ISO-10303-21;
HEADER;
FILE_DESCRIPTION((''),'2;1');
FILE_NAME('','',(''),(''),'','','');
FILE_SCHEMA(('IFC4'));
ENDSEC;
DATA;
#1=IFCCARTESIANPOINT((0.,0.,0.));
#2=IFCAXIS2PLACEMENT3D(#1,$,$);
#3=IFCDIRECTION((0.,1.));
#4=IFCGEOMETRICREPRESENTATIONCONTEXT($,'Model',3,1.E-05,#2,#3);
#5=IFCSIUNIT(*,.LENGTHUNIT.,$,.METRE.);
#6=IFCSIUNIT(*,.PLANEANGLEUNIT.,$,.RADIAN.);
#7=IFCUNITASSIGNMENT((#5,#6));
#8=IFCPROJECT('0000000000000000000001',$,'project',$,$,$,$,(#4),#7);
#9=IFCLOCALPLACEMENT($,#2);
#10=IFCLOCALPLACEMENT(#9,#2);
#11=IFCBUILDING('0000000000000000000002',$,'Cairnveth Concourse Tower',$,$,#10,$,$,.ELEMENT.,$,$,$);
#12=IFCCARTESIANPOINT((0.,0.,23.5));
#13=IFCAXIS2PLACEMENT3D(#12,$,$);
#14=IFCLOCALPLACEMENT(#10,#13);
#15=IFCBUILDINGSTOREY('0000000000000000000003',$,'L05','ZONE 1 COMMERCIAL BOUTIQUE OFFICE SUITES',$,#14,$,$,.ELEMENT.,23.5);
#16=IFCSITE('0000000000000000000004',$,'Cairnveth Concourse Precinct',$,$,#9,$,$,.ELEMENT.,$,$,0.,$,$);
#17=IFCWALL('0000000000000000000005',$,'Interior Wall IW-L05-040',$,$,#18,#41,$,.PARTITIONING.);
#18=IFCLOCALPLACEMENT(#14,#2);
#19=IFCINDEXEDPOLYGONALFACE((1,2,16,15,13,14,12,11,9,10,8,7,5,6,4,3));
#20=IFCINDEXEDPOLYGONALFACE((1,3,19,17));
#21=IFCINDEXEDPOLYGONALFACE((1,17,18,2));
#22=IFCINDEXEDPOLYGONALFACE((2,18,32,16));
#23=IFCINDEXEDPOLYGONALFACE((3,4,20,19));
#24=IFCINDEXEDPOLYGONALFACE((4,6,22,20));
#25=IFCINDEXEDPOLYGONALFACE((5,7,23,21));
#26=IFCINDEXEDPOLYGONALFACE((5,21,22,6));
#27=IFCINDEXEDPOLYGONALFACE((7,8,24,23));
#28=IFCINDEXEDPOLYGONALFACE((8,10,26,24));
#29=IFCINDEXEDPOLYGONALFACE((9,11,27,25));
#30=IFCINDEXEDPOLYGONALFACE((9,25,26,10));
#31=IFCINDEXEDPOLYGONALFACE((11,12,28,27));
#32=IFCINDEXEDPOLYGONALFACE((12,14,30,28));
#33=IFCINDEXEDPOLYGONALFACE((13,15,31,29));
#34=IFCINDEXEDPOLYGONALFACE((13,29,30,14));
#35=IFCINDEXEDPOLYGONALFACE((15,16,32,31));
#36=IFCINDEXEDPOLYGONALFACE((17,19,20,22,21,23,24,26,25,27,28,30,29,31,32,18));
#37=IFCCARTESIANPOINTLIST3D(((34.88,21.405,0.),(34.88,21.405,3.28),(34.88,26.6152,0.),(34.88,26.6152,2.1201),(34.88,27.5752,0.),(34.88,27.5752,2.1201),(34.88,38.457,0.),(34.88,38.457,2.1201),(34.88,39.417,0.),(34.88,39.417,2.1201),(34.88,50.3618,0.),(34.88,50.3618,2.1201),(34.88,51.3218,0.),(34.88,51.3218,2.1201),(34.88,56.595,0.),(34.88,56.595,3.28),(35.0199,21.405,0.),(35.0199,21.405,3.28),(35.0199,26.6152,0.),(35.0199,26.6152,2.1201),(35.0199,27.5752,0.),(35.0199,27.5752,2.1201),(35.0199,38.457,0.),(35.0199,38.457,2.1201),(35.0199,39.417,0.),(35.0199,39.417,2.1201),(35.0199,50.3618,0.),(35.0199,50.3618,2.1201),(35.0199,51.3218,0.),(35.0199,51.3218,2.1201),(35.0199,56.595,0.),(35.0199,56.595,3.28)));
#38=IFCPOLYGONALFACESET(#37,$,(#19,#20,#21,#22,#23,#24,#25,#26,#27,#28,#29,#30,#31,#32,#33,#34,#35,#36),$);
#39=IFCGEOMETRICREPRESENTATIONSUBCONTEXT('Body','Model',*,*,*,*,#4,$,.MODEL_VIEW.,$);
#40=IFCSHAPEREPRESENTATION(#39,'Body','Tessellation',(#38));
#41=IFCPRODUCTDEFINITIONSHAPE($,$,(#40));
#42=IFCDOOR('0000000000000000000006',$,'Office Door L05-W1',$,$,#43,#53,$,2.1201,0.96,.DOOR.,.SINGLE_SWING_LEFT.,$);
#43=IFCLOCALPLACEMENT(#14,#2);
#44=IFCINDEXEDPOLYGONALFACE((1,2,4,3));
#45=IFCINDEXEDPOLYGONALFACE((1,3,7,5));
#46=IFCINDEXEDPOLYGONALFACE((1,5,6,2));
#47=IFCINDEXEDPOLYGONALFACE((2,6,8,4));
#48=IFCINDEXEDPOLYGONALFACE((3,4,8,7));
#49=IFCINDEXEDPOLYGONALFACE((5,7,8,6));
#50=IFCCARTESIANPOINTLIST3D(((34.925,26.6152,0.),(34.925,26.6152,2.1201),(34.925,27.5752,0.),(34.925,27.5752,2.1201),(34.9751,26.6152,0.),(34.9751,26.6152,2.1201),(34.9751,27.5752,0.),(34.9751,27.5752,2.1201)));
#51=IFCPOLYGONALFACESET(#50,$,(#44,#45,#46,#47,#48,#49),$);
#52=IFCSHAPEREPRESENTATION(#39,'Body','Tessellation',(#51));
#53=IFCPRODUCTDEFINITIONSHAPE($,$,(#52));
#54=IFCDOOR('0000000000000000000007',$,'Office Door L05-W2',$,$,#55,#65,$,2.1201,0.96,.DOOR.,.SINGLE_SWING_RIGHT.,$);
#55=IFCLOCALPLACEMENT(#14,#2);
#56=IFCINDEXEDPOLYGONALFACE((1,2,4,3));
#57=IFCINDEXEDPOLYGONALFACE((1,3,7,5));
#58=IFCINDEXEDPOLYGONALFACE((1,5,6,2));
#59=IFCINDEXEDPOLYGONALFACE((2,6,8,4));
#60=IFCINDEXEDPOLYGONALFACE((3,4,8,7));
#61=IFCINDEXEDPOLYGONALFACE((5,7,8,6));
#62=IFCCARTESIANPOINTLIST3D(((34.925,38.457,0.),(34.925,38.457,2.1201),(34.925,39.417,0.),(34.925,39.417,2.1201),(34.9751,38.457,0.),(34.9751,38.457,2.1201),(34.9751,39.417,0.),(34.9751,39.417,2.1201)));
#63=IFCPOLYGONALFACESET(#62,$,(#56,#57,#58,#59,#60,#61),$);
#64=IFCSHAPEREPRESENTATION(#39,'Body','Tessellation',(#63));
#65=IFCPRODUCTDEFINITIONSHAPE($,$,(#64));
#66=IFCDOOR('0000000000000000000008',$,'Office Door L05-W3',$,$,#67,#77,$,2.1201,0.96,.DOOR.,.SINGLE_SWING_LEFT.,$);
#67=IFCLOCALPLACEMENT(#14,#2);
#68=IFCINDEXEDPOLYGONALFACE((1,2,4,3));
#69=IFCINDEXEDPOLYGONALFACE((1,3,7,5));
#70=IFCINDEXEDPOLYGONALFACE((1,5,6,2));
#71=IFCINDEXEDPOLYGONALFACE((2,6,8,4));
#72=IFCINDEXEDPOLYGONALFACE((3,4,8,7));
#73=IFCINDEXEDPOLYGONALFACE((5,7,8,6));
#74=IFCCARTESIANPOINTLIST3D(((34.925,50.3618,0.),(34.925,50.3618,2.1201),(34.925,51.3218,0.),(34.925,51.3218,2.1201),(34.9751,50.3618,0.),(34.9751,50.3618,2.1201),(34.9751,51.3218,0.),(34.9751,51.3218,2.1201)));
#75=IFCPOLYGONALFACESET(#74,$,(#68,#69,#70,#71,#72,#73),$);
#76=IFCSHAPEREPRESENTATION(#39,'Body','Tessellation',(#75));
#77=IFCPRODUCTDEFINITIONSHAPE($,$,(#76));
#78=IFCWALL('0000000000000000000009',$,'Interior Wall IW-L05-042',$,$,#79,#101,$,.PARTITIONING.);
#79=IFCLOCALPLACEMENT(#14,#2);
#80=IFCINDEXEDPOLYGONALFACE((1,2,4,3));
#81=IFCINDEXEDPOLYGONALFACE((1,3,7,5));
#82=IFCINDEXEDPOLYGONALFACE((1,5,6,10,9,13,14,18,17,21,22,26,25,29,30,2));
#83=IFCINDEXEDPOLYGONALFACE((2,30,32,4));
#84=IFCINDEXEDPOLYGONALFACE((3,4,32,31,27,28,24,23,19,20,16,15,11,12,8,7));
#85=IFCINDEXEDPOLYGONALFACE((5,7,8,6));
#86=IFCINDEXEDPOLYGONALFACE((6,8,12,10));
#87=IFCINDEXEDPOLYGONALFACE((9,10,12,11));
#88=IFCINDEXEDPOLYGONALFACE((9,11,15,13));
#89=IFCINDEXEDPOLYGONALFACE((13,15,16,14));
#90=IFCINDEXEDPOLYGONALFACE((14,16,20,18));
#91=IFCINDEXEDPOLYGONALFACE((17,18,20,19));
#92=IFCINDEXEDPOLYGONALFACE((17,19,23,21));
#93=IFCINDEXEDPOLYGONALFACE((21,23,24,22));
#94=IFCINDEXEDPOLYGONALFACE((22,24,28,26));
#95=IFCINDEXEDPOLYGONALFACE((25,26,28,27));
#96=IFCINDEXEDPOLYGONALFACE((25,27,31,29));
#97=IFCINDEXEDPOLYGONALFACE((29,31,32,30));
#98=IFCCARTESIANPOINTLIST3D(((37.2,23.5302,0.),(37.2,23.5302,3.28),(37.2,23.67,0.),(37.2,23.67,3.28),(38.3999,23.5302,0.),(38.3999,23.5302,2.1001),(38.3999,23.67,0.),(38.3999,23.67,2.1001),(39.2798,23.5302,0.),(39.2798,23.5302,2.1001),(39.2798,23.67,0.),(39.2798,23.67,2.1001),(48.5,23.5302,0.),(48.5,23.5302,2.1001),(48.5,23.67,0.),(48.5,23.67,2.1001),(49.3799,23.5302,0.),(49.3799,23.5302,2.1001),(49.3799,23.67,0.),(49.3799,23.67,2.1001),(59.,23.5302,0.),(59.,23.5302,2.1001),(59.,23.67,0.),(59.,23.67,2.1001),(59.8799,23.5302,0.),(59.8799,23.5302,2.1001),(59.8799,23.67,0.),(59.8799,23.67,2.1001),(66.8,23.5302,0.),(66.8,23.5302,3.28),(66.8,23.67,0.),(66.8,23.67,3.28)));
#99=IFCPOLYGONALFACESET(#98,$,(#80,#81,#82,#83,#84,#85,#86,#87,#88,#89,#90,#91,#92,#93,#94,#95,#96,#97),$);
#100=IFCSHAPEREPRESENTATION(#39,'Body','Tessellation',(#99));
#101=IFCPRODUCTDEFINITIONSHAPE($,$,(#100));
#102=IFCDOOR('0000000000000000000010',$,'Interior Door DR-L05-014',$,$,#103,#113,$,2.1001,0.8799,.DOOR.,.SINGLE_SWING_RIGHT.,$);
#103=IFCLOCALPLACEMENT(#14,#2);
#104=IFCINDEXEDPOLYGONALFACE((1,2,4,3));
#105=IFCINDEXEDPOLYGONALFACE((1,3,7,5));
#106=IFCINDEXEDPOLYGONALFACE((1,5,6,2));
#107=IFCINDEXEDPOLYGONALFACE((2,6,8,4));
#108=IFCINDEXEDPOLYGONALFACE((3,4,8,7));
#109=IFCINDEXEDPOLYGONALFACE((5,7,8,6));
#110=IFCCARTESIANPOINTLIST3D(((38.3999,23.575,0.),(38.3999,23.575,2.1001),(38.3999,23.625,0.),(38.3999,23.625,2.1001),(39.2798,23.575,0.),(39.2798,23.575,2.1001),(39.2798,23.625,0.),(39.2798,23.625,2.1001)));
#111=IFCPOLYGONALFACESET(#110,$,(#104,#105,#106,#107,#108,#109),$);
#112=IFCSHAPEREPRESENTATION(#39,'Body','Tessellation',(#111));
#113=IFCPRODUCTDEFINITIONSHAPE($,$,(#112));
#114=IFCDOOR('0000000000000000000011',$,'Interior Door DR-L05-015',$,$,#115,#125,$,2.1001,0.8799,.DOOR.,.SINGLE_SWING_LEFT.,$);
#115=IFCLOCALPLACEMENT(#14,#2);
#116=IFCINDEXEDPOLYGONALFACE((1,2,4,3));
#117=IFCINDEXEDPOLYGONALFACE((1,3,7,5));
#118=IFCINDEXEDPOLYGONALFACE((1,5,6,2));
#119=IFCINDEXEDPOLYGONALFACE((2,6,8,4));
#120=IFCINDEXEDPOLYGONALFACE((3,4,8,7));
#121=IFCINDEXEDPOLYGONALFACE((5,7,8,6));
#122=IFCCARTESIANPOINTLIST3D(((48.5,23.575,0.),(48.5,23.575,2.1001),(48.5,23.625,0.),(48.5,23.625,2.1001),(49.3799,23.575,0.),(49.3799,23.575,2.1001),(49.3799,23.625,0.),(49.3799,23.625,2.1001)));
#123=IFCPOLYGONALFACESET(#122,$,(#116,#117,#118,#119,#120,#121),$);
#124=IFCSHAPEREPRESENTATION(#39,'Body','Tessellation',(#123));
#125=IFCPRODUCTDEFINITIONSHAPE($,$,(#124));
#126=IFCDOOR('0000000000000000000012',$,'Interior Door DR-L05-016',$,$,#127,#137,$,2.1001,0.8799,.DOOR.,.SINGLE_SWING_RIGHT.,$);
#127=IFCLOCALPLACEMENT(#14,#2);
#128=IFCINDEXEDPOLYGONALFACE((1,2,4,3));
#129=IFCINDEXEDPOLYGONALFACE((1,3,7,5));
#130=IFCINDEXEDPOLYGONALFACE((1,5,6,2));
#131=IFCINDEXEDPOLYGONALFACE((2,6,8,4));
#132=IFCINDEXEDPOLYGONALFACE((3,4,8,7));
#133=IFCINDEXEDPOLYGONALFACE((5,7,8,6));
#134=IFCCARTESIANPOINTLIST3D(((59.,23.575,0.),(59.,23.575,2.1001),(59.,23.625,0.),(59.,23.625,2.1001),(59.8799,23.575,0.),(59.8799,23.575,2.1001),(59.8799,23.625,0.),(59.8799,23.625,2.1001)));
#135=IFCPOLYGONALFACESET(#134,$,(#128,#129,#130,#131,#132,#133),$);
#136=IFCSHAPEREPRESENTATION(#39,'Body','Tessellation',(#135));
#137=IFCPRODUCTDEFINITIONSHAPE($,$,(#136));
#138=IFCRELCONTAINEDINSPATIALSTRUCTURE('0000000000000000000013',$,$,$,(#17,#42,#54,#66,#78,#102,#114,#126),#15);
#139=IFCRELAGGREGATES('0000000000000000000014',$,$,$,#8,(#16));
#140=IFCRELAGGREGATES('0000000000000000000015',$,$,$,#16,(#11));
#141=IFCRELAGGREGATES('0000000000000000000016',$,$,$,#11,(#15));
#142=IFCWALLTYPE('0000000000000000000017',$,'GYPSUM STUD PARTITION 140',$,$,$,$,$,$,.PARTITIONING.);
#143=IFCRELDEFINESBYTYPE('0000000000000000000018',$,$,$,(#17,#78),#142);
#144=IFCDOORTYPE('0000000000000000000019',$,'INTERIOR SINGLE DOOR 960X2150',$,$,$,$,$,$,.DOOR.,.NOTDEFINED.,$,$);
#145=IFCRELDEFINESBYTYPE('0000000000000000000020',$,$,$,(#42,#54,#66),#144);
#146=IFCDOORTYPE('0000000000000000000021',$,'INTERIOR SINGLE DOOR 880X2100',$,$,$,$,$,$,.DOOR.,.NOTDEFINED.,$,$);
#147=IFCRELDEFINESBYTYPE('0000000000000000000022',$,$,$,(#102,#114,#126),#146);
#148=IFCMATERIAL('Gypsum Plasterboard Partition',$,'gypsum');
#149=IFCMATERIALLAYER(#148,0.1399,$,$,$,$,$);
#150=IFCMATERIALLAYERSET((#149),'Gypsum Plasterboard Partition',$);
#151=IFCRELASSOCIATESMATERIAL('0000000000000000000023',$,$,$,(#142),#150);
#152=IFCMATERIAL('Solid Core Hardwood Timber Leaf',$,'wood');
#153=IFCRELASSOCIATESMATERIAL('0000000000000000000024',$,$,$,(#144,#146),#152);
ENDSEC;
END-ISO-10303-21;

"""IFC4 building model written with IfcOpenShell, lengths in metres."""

from ifc_helpers import new_model, si_unit, direction, frame, frame_2d, origin, place, context, subcontext, project, spatial, rectangle, extrude, material, layer, layer_set, type_object, element, fill, save


model = new_model("IFC4")

# Units and contexts
model_context = context("Model", 3, precision=1e-05, world=origin(), true_north=direction((0.0, 1.0)))
body_context = subcontext(model_context, "Body", "Model", "MODEL_VIEW")
ifc_project = project(units=[si_unit("LENGTHUNIT", "METRE"), si_unit("PLANEANGLEUNIT", "RADIAN")], contexts=[model_context])

# Site, building, storey
site_placement = place(None, origin())
site = spatial("IfcSite", under=ifc_project, at=site_placement, Name="Cairnveth Concourse Precinct", CompositionType="ELEMENT", RefElevation=0.0)
building_placement = place(site_placement, origin())
building = spatial("IfcBuilding", under=site, at=building_placement, Name="Cairnveth Concourse Tower", CompositionType="ELEMENT")
storey_placement = place(building_placement, frame((0.0, 0.0, 23.5)))
storey = spatial("IfcBuildingStorey", under=building, at=storey_placement, Name="L05", Description="ZONE 1 COMMERCIAL BOUTIQUE OFFICE SUITES", CompositionType="ELEMENT", Elevation=23.5)

# Walls, openings, doors
ifc_material_1 = material(Name="Gypsum Plasterboard Partition", Category="gypsum")
ifc_layer_1 = layer(ifc_material_1, 0.1399)
ifc_layer_set_1 = layer_set([ifc_layer_1], Name="Gypsum Plasterboard Partition")
wall_type_1 = type_object("IfcWallType", Name="GYPSUM STUD PARTITION 140", PredefinedType="PARTITIONING", material=ifc_layer_set_1)
ifc_material_2 = material(Name="Solid Core Hardwood Timber Leaf", Category="wood")
door_type_1 = type_object("IfcDoorType", Name="INTERIOR SINGLE DOOR 960X2150", OperationType="NOTDEFINED", PredefinedType="DOOR", material=ifc_material_2)
wall_1_placement = place(storey_placement, frame((34.95, 21.405, 0.0), z_axis=(0.0, 0.0, 1.0), x_axis=(0.0, 1.0, 0.0)))
wall_1 = element("IfcWall", 1, at=wall_1_placement, inside=storey, type_object=wall_type_1, Name="Interior Wall IW-L05-040", PredefinedType="PARTITIONING", context=body_context, shape_type="SweptSolid", body=[
    extrude(rectangle(XDim=35.1899, YDim=0.1399, at=frame_2d((17.595, 0.0))), origin(), (0.0, 0.0, 1.0), 3.28),
])
opening_1_placement = place(wall_1_placement, frame((5.2102, 0.0, 0.0)))
opening_1 = element("IfcOpeningElement", 2, at=opening_1_placement, cuts=wall_1, PredefinedType="OPENING", context=body_context, shape_type="SweptSolid", body=[
    extrude(rectangle(XDim=0.96, YDim=2.1201, at=frame_2d((0.48, 1.0601))), frame((0.0, 0.0798, 0.0), z_axis=(0.0, -1.0, 0.0), x_axis=(1.0, 0.0, 0.0)), (0.0, 0.0, 1.0), 0.1599),
])
opening_2_placement = place(wall_1_placement, frame((17.052, 0.0, 0.0)))
opening_2 = element("IfcOpeningElement", 3, at=opening_2_placement, cuts=wall_1, PredefinedType="OPENING", context=body_context, shape_type="SweptSolid", body=[
    extrude(rectangle(XDim=0.96, YDim=2.1201, at=frame_2d((0.48, 1.0601))), frame((0.0, 0.0798, 0.0), z_axis=(0.0, -1.0, 0.0), x_axis=(1.0, 0.0, 0.0)), (0.0, 0.0, 1.0), 0.1599),
])
opening_3_placement = place(wall_1_placement, frame((28.9568, 0.0, 0.0)))
opening_3 = element("IfcOpeningElement", 4, at=opening_3_placement, cuts=wall_1, PredefinedType="OPENING", context=body_context, shape_type="SweptSolid", body=[
    extrude(rectangle(XDim=0.96, YDim=2.1201, at=frame_2d((0.48, 1.0601))), frame((0.0, 0.0798, 0.0), z_axis=(0.0, -1.0, 0.0), x_axis=(1.0, 0.0, 0.0)), (0.0, 0.0, 1.0), 0.1599),
])
door_1_placement = place(opening_1_placement, origin())
door_1 = element("IfcDoor", 5, at=door_1_placement, inside=storey, type_object=door_type_1, Name="Office Door L05-W1", OperationType="SINGLE_SWING_LEFT", OverallHeight=2.1201, OverallWidth=0.96, PredefinedType="DOOR", context=body_context, shape_type="SweptSolid", body=[
    extrude(rectangle(XDim=0.96, YDim=2.1201, at=frame_2d((0.48, 1.0601))), frame((0.0, 0.0249, 0.0), z_axis=(0.0, -1.0, 0.0), x_axis=(1.0, 0.0, 0.0)), (0.0, 0.0, 1.0), 0.05),
])
fill(opening_1, door_1)
door_2_placement = place(opening_2_placement, origin())
door_2 = element("IfcDoor", 6, at=door_2_placement, inside=storey, type_object=door_type_1, Name="Office Door L05-W2", OperationType="SINGLE_SWING_RIGHT", OverallHeight=2.1201, OverallWidth=0.96, PredefinedType="DOOR", context=body_context, shape_type="SweptSolid", body=[
    extrude(rectangle(XDim=0.96, YDim=2.1201, at=frame_2d((0.48, 1.0601))), frame((0.0, 0.0249, 0.0), z_axis=(0.0, -1.0, 0.0), x_axis=(1.0, 0.0, 0.0)), (0.0, 0.0, 1.0), 0.05),
])
fill(opening_2, door_2)
door_3_placement = place(opening_3_placement, origin())
door_3 = element("IfcDoor", 7, at=door_3_placement, inside=storey, type_object=door_type_1, Name="Office Door L05-W3", OperationType="SINGLE_SWING_LEFT", OverallHeight=2.1201, OverallWidth=0.96, PredefinedType="DOOR", context=body_context, shape_type="SweptSolid", body=[
    extrude(rectangle(XDim=0.96, YDim=2.1201, at=frame_2d((0.48, 1.0601))), frame((0.0, 0.0249, 0.0), z_axis=(0.0, -1.0, 0.0), x_axis=(1.0, 0.0, 0.0)), (0.0, 0.0, 1.0), 0.05),
])
fill(opening_3, door_3)
wall_2_placement = place(storey_placement, frame((37.2, 23.6001, 0.0), z_axis=(0.0, 0.0, 1.0), x_axis=(1.0, 0.0, 0.0)))
wall_2 = element("IfcWall", 8, at=wall_2_placement, inside=storey, type_object=wall_type_1, Name="Interior Wall IW-L05-042", PredefinedType="PARTITIONING", context=body_context, shape_type="SweptSolid", body=[
    extrude(rectangle(XDim=29.6001, YDim=0.1399, at=frame_2d((14.8, 0.0))), origin(), (0.0, 0.0, 1.0), 3.28),
])
opening_4_placement = place(wall_2_placement, frame((1.2, 0.0, 0.0)))
opening_4 = element("IfcOpeningElement", 9, at=opening_4_placement, cuts=wall_2, PredefinedType="OPENING", context=body_context, shape_type="SweptSolid", body=[
    extrude(rectangle(XDim=0.8799, YDim=2.1001, at=frame_2d((0.4399, 1.05))), frame((0.0, 0.0798, 0.0), z_axis=(0.0, -1.0, 0.0), x_axis=(1.0, 0.0, 0.0)), (0.0, 0.0, 1.0), 0.1599),
])
opening_5_placement = place(wall_2_placement, frame((11.3, 0.0, 0.0)))
opening_5 = element("IfcOpeningElement", 10, at=opening_5_placement, cuts=wall_2, PredefinedType="OPENING", context=body_context, shape_type="SweptSolid", body=[
    extrude(rectangle(XDim=0.8799, YDim=2.1001, at=frame_2d((0.4399, 1.05))), frame((0.0, 0.0798, 0.0), z_axis=(0.0, -1.0, 0.0), x_axis=(1.0, 0.0, 0.0)), (0.0, 0.0, 1.0), 0.1599),
])
opening_6_placement = place(wall_2_placement, frame((21.8, 0.0, 0.0)))
opening_6 = element("IfcOpeningElement", 11, at=opening_6_placement, cuts=wall_2, PredefinedType="OPENING", context=body_context, shape_type="SweptSolid", body=[
    extrude(rectangle(XDim=0.8799, YDim=2.1001, at=frame_2d((0.4399, 1.05))), frame((0.0, 0.0798, 0.0), z_axis=(0.0, -1.0, 0.0), x_axis=(1.0, 0.0, 0.0)), (0.0, 0.0, 1.0), 0.1599),
])
door_type_2 = type_object("IfcDoorType", Name="INTERIOR SINGLE DOOR 880X2100", OperationType="NOTDEFINED", PredefinedType="DOOR", material=ifc_material_2)
door_4_placement = place(opening_4_placement, origin())
door_4 = element("IfcDoor", 12, at=door_4_placement, inside=storey, type_object=door_type_2, Name="Interior Door DR-L05-014", OperationType="SINGLE_SWING_RIGHT", OverallHeight=2.1001, OverallWidth=0.8799, PredefinedType="DOOR", context=body_context, shape_type="SweptSolid", body=[
    extrude(rectangle(XDim=0.8799, YDim=2.1001, at=frame_2d((0.4399, 1.05))), frame((0.0, 0.0249, 0.0), z_axis=(0.0, -1.0, 0.0), x_axis=(1.0, 0.0, 0.0)), (0.0, 0.0, 1.0), 0.05),
])
fill(opening_4, door_4)
door_5_placement = place(opening_5_placement, origin())
door_5 = element("IfcDoor", 13, at=door_5_placement, inside=storey, type_object=door_type_2, Name="Interior Door DR-L05-015", OperationType="SINGLE_SWING_LEFT", OverallHeight=2.1001, OverallWidth=0.8799, PredefinedType="DOOR", context=body_context, shape_type="SweptSolid", body=[
    extrude(rectangle(XDim=0.8799, YDim=2.1001, at=frame_2d((0.4399, 1.05))), frame((0.0, 0.0249, 0.0), z_axis=(0.0, -1.0, 0.0), x_axis=(1.0, 0.0, 0.0)), (0.0, 0.0, 1.0), 0.05),
])
fill(opening_5, door_5)
door_6_placement = place(opening_6_placement, origin())
door_6 = element("IfcDoor", 14, at=door_6_placement, inside=storey, type_object=door_type_2, Name="Interior Door DR-L05-016", OperationType="SINGLE_SWING_RIGHT", OverallHeight=2.1001, OverallWidth=0.8799, PredefinedType="DOOR", context=body_context, shape_type="SweptSolid", body=[
    extrude(rectangle(XDim=0.8799, YDim=2.1001, at=frame_2d((0.4399, 1.05))), frame((0.0, 0.0249, 0.0), z_axis=(0.0, -1.0, 0.0), x_axis=(1.0, 0.0, 0.0)), (0.0, 0.0, 1.0), 0.05),
])
fill(opening_6, door_6)

save(model, "model.ifc")
